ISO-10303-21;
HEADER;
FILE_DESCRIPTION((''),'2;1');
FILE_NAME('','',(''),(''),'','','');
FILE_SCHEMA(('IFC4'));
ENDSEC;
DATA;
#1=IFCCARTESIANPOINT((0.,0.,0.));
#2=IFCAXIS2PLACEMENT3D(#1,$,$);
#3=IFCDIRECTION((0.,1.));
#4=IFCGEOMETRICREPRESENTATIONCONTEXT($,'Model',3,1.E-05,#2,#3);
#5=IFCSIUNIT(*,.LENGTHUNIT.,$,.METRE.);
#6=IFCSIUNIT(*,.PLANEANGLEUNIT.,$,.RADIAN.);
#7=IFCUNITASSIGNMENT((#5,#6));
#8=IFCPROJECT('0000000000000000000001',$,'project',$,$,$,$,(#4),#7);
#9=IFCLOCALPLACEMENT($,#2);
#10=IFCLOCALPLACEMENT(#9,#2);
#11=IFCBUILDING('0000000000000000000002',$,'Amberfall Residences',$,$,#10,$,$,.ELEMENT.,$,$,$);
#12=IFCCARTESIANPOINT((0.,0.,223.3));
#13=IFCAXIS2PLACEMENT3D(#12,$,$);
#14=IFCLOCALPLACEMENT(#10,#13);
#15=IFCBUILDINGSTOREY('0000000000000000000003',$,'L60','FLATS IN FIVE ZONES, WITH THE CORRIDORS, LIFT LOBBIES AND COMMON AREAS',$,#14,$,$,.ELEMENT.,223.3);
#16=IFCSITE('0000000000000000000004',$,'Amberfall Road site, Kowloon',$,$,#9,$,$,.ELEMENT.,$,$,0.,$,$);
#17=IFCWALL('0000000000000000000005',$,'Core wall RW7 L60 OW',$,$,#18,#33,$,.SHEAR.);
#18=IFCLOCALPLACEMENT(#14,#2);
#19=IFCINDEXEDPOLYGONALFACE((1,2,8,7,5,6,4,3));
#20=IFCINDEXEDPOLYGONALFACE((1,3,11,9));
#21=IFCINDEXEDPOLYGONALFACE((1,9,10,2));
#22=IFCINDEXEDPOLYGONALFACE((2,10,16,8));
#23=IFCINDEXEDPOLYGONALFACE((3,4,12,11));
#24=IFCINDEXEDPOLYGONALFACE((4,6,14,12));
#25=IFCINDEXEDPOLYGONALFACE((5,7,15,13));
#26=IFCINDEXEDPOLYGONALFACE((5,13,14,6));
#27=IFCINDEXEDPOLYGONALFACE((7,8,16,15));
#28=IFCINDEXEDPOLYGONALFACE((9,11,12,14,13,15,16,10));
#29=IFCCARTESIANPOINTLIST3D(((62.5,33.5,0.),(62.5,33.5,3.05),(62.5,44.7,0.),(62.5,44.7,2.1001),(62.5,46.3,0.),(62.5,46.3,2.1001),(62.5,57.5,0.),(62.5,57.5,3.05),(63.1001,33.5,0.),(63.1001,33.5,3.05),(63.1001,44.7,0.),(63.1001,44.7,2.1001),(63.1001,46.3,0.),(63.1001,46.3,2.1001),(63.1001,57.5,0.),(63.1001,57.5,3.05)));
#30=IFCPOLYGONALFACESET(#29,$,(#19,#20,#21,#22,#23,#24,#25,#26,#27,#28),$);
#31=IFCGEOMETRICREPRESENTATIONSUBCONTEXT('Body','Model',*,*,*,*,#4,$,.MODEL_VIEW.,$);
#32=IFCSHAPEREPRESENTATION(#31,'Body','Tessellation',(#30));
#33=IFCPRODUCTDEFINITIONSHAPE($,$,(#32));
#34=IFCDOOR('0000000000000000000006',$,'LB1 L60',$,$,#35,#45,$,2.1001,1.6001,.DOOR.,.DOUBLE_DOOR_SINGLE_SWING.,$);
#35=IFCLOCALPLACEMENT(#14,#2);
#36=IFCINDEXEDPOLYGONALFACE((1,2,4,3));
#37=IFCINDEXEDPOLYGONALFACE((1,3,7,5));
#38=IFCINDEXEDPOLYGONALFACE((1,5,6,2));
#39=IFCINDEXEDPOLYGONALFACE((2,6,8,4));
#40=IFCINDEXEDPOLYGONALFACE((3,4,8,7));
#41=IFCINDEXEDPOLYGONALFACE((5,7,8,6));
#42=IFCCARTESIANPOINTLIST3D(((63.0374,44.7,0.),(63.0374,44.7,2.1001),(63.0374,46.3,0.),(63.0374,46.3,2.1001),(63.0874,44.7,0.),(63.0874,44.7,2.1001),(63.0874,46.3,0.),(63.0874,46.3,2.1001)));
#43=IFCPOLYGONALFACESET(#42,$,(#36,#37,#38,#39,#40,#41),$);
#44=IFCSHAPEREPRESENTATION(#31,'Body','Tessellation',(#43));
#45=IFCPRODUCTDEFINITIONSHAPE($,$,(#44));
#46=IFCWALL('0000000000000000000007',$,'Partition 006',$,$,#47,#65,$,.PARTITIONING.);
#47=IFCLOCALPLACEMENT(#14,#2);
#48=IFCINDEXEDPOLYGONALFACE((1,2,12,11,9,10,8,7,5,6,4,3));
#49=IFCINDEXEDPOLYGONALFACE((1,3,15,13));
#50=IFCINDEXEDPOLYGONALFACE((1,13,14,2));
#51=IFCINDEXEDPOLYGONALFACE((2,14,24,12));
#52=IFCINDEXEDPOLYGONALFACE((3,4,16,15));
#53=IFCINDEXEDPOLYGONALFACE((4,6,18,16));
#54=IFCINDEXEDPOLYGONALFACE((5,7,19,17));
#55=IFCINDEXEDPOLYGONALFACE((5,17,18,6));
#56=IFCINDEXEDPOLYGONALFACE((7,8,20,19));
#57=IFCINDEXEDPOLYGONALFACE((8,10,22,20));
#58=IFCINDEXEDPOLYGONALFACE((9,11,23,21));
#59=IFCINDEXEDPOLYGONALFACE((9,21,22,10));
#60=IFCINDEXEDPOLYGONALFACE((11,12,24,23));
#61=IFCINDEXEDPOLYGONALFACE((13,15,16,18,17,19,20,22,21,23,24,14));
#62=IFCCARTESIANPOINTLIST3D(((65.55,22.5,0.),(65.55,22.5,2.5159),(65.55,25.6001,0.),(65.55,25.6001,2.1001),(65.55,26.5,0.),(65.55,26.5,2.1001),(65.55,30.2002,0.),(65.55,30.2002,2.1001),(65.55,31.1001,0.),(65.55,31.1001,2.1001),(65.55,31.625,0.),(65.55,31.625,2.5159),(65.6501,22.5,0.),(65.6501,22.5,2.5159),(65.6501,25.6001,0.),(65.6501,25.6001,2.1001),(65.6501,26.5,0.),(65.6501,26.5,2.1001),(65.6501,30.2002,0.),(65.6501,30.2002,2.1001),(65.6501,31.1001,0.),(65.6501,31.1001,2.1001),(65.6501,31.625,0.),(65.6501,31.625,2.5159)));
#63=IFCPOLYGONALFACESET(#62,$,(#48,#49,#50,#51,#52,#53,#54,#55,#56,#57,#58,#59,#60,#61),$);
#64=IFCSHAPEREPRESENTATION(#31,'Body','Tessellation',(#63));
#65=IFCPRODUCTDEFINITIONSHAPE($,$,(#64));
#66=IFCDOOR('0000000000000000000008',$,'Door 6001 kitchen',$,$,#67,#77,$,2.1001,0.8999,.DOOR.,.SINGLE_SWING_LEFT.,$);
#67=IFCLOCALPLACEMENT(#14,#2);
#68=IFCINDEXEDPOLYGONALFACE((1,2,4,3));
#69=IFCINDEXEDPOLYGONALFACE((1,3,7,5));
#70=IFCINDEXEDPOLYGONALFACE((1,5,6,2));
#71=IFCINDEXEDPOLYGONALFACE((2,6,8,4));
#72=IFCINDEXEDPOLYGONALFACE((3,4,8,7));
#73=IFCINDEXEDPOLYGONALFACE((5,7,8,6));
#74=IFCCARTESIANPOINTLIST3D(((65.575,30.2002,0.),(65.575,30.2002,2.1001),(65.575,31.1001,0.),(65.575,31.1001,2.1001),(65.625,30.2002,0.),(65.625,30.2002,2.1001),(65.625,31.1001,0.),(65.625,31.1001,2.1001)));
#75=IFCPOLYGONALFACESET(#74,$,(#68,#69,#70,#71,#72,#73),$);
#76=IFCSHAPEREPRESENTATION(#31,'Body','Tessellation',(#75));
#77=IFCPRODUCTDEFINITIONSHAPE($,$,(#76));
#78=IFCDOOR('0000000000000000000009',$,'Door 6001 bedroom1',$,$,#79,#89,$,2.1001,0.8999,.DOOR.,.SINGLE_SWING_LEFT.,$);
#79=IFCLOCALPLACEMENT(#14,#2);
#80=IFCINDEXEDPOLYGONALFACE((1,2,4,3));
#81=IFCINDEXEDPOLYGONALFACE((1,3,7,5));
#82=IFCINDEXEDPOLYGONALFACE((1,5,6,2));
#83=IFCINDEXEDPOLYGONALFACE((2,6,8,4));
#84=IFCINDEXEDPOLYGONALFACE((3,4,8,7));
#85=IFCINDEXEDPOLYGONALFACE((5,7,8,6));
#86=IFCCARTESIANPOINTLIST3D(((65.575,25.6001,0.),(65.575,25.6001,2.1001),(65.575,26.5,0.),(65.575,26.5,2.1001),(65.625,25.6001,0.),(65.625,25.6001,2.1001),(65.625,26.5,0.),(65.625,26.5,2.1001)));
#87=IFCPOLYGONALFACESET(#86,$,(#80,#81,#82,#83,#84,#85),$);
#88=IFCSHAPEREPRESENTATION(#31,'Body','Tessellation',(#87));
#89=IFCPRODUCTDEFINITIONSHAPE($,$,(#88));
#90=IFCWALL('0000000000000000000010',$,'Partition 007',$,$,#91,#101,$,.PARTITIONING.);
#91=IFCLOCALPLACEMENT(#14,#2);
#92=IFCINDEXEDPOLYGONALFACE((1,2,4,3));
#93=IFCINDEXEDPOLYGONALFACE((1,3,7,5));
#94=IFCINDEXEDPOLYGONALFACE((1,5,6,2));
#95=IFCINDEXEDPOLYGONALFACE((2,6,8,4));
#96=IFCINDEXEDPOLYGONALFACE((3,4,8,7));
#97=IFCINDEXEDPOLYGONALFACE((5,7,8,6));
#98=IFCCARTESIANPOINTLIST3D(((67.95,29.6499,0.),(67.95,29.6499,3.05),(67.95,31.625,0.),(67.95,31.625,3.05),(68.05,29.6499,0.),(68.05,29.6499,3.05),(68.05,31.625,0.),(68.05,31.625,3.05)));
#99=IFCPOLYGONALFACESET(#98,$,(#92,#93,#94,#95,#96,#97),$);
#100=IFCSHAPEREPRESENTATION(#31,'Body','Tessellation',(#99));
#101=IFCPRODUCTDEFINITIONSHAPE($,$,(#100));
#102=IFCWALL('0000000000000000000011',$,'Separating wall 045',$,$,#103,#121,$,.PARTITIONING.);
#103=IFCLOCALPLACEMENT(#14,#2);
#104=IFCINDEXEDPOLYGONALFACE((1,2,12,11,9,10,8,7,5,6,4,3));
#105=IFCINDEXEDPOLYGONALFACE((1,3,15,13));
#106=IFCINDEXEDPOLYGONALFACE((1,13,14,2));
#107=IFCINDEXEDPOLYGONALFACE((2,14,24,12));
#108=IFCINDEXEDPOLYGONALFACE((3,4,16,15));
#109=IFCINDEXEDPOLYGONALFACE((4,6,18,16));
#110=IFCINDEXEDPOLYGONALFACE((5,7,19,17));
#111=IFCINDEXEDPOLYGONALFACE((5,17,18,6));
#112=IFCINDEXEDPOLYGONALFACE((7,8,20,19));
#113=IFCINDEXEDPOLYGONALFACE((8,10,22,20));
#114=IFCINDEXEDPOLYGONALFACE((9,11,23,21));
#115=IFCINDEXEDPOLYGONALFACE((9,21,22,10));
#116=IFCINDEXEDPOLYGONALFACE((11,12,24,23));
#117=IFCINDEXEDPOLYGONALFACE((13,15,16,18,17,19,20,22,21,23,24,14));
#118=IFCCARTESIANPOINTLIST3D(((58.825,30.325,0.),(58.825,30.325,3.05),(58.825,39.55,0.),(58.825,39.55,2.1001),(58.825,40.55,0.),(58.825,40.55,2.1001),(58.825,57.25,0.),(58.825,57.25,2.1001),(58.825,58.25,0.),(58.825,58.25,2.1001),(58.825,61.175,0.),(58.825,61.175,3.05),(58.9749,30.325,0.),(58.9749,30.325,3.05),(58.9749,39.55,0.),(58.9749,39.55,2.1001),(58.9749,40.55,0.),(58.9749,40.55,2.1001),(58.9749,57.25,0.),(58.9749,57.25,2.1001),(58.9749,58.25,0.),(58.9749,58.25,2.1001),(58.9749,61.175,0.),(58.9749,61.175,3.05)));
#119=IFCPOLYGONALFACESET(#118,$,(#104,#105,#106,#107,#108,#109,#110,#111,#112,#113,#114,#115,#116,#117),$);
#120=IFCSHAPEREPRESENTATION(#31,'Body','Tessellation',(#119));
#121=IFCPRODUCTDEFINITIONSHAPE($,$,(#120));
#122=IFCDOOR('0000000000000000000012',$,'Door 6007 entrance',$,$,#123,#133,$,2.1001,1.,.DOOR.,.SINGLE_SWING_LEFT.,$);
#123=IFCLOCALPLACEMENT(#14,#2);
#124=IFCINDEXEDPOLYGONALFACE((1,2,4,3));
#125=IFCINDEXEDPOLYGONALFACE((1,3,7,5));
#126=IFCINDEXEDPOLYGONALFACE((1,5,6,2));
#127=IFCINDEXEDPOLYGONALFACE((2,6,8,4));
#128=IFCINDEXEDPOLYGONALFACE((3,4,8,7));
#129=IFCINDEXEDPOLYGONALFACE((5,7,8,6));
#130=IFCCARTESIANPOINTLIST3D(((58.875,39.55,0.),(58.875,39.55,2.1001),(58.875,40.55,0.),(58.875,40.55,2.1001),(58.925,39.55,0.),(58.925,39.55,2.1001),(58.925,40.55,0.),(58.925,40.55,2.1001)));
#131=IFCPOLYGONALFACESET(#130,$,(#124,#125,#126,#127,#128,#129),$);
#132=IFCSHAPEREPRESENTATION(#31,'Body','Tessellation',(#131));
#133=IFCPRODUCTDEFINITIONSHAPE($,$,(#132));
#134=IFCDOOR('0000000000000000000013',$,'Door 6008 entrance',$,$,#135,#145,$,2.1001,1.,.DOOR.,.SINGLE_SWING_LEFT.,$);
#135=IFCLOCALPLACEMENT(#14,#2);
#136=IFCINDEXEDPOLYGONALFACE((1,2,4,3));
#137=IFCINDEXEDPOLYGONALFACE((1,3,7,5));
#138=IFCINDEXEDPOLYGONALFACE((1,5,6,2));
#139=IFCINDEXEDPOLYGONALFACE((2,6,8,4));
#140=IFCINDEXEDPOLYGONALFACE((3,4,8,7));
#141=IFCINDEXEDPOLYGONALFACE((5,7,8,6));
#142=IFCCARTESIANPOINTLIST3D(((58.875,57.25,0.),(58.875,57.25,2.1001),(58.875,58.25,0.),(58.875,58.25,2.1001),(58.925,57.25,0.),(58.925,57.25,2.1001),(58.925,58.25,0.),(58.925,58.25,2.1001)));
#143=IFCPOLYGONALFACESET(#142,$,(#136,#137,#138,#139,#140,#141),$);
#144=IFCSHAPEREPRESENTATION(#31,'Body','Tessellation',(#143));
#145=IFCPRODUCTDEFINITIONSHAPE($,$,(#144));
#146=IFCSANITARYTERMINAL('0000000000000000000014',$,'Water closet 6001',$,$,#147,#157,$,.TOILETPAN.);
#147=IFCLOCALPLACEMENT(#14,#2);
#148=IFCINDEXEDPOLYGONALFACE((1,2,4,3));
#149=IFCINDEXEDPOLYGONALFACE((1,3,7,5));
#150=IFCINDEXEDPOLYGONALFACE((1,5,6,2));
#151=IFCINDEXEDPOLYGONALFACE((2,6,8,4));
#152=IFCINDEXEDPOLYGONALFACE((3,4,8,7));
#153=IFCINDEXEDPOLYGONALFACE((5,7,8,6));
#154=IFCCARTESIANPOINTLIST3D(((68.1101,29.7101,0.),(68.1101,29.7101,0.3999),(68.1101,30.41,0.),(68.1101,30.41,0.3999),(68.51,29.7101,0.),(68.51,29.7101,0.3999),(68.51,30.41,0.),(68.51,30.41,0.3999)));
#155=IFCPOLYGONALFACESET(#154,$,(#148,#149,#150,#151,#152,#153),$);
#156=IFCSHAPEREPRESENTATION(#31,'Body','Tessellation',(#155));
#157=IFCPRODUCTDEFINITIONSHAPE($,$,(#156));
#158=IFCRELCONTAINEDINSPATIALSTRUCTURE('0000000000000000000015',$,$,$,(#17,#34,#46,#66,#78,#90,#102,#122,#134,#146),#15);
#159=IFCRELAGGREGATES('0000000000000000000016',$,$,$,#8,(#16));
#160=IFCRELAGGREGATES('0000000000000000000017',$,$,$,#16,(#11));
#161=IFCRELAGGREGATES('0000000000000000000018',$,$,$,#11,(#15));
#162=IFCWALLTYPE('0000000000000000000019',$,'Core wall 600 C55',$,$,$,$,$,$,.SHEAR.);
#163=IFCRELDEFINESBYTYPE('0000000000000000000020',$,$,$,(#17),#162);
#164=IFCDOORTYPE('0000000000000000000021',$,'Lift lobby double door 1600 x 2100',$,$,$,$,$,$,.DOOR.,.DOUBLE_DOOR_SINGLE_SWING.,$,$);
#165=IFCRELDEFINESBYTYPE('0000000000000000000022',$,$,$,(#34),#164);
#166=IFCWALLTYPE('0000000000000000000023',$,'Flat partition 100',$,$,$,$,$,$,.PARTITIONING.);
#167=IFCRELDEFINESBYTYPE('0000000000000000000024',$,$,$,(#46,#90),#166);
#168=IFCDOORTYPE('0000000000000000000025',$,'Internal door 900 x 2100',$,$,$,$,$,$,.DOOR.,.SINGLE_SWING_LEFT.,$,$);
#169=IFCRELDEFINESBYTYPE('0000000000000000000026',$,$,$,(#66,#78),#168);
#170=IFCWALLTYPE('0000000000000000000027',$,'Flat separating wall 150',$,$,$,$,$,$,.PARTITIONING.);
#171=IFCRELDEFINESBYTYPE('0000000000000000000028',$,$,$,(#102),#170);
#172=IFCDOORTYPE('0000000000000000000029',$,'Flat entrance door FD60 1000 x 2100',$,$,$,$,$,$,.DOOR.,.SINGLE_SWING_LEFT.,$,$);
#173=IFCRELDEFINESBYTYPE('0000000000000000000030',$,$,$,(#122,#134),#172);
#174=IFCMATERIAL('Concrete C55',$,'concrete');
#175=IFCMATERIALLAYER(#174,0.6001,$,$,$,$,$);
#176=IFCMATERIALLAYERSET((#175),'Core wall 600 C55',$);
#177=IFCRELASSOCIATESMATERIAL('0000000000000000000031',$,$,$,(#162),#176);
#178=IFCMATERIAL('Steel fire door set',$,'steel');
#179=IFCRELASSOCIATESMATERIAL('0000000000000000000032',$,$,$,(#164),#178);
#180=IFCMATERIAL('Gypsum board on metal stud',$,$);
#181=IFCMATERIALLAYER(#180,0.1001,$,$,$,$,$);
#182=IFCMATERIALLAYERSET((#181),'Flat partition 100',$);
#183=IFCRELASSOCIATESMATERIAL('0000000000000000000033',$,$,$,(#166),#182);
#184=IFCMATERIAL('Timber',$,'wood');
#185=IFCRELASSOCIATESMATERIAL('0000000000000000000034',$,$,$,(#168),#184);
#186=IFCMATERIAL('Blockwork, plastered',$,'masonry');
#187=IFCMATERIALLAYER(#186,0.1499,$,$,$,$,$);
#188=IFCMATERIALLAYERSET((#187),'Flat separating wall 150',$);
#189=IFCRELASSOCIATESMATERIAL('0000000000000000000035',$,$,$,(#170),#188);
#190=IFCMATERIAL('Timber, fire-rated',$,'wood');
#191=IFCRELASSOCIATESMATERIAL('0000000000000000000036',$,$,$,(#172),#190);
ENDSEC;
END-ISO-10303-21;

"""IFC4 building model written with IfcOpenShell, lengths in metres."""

from ifc_helpers import new_model, si_unit, direction, frame, frame_2d, origin, origin_2d, place, context, subcontext, project, spatial, rectangle, extrude, material, layer, layer_set, type_object, element, fill, save


model = new_model("IFC4")

# Units and contexts
model_context = context("Model", 3, precision=1e-05, world=origin(), true_north=direction((0.0, 1.0)))
body_context = subcontext(model_context, "Body", "Model", "MODEL_VIEW")
ifc_project = project(units=[si_unit("LENGTHUNIT", "METRE"), si_unit("PLANEANGLEUNIT", "RADIAN")], contexts=[model_context])

# Site, building, storey
site_placement = place(None, origin())
site = spatial("IfcSite", under=ifc_project, at=site_placement, Name="Amberfall Road site, Kowloon", CompositionType="ELEMENT", RefElevation=0.0)
building_placement = place(site_placement, origin())
building = spatial("IfcBuilding", under=site, at=building_placement, Name="Amberfall Residences", CompositionType="ELEMENT")
storey_placement = place(building_placement, frame((0.0, 0.0, 223.3)))
storey = spatial("IfcBuildingStorey", under=building, at=storey_placement, Name="L60", Description="FLATS IN FIVE ZONES, WITH THE CORRIDORS, LIFT LOBBIES AND COMMON AREAS", CompositionType="ELEMENT", Elevation=223.3)

# Shared definitions
ifc_material_1 = material(Name="Concrete C55", Category="concrete")
ifc_material_2 = material(Name="Steel fire door set", Category="steel")

# Shared definitions
ifc_layer_1 = layer(ifc_material_1, 0.6001)
ifc_layer_set_1 = layer_set([ifc_layer_1], Name="Core wall 600 C55")
wall_type_1 = type_object("IfcWallType", Name="Core wall 600 C55", PredefinedType="SHEAR", material=ifc_layer_set_1)

# Wall, opening, door
wall_1_placement = place(storey_placement, frame((62.8, 33.5, 0.0), z_axis=(0.0, 0.0, 1.0), x_axis=(0.0, 1.0, 0.0)))
wall_1 = element("IfcWall", 1, at=wall_1_placement, inside=storey, type_object=wall_type_1, Name="Core wall RW7 L60 OW", PredefinedType="SHEAR", context=body_context, shape_type="SweptSolid", body=[
    extrude(rectangle(XDim=24.0, YDim=0.6001, at=frame_2d((12.0, 0.0))), origin(), (0.0, 0.0, 1.0), 3.05),
])
opening_1_placement = place(wall_1_placement, frame((11.2, 0.0, 0.0)))
opening_1 = element("IfcOpeningElement", 2, at=opening_1_placement, cuts=wall_1, PredefinedType="OPENING", context=body_context, shape_type="SweptSolid", body=[
    extrude(rectangle(XDim=1.6001, YDim=2.1001, at=frame_2d((0.8, 1.05))), frame((0.0, 0.3101, 0.0), z_axis=(0.0, -1.0, 0.0), x_axis=(1.0, 0.0, 0.0)), (0.0, 0.0, 1.0), 0.6201),
])
door_type_1 = type_object("IfcDoorType", Name="Lift lobby double door 1600 x 2100", OperationType="DOUBLE_DOOR_SINGLE_SWING", PredefinedType="DOOR", material=ifc_material_2)
door_1_placement = place(opening_1_placement, origin())
door_1 = element("IfcDoor", 3, at=door_1_placement, inside=storey, type_object=door_type_1, Name="LB1 L60", OperationType="DOUBLE_DOOR_SINGLE_SWING", OverallHeight=2.1001, OverallWidth=1.6001, PredefinedType="DOOR", context=body_context, shape_type="SweptSolid", body=[
    extrude(rectangle(XDim=1.6001, YDim=2.1001, at=frame_2d((0.8, 1.05))), frame((0.0, -0.2373, 0.0), z_axis=(0.0, -1.0, 0.0), x_axis=(1.0, 0.0, 0.0)), (0.0, 0.0, 1.0), 0.05),
])
fill(opening_1, door_1)

# Wall, openings, doors
ifc_material_3 = material(Name="Gypsum board on metal stud")
ifc_layer_2 = layer(ifc_material_3, 0.1001)
ifc_layer_set_2 = layer_set([ifc_layer_2], Name="Flat partition 100")
wall_type_2 = type_object("IfcWallType", Name="Flat partition 100", PredefinedType="PARTITIONING", material=ifc_layer_set_2)
wall_2_placement = place(storey_placement, frame((65.6001, 31.625, 0.0), z_axis=(0.0, 0.0, 1.0), x_axis=(0.0, -1.0, 0.0)))
wall_2 = element("IfcWall", 4, at=wall_2_placement, inside=storey, type_object=wall_type_2, Name="Partition 006", PredefinedType="PARTITIONING", context=body_context, shape_type="SweptSolid", body=[
    extrude(rectangle(XDim=9.125, YDim=0.1001, at=frame_2d((4.5625, 0.0))), origin(), (0.0, 0.0, 1.0), 2.5159),
])
opening_2_placement = place(wall_2_placement, frame((0.5249, 0.0, 0.0)))
opening_2 = element("IfcOpeningElement", 5, at=opening_2_placement, cuts=wall_2, PredefinedType="OPENING", context=body_context, shape_type="SweptSolid", body=[
    extrude(rectangle(XDim=0.8999, YDim=2.1001, at=frame_2d((0.45, 1.05))), frame((0.0, 0.0601, 0.0), z_axis=(0.0, -1.0, 0.0), x_axis=(1.0, 0.0, 0.0)), (0.0, 0.0, 1.0), 0.1201),
])
opening_3_placement = place(wall_2_placement, frame((5.125, 0.0, 0.0)))
opening_3 = element("IfcOpeningElement", 6, at=opening_3_placement, cuts=wall_2, PredefinedType="OPENING", context=body_context, shape_type="SweptSolid", body=[
    extrude(rectangle(XDim=0.8999, YDim=2.1001, at=frame_2d((0.45, 1.05))), frame((0.0, 0.0601, 0.0), z_axis=(0.0, -1.0, 0.0), x_axis=(1.0, 0.0, 0.0)), (0.0, 0.0, 1.0), 0.1201),
])
ifc_material_4 = material(Name="Timber", Category="wood")
door_type_2 = type_object("IfcDoorType", Name="Internal door 900 x 2100", OperationType="SINGLE_SWING_LEFT", PredefinedType="DOOR", material=ifc_material_4)
door_2_placement = place(opening_2_placement, origin())
door_2 = element("IfcDoor", 7, at=door_2_placement, inside=storey, type_object=door_type_2, Name="Door 6001 kitchen", OperationType="SINGLE_SWING_LEFT", OverallHeight=2.1001, OverallWidth=0.8999, PredefinedType="DOOR", context=body_context, shape_type="SweptSolid", body=[
    extrude(rectangle(XDim=0.8999, YDim=2.1001, at=frame_2d((0.45, 1.05))), frame((0.0, 0.0249, 0.0), z_axis=(0.0, -1.0, 0.0), x_axis=(1.0, 0.0, 0.0)), (0.0, 0.0, 1.0), 0.05),
])
fill(opening_2, door_2)
door_3_placement = place(opening_3_placement, origin())
door_3 = element("IfcDoor", 8, at=door_3_placement, inside=storey, type_object=door_type_2, Name="Door 6001 bedroom1", OperationType="SINGLE_SWING_LEFT", OverallHeight=2.1001, OverallWidth=0.8999, PredefinedType="DOOR", context=body_context, shape_type="SweptSolid", body=[
    extrude(rectangle(XDim=0.8999, YDim=2.1001, at=frame_2d((0.45, 1.05))), frame((0.0, 0.0249, 0.0), z_axis=(0.0, -1.0, 0.0), x_axis=(1.0, 0.0, 0.0)), (0.0, 0.0, 1.0), 0.05),
])
fill(opening_3, door_3)

# Wall
wall_3_placement = place(storey_placement, frame((68.0, 29.6499, 0.0), z_axis=(0.0, 0.0, 1.0), x_axis=(0.0, 1.0, 0.0)))
element("IfcWall", 9, at=wall_3_placement, inside=storey, type_object=wall_type_2, Name="Partition 007", PredefinedType="PARTITIONING", context=body_context, shape_type="SweptSolid", body=[
    extrude(rectangle(XDim=1.9751, YDim=0.1001, at=frame_2d((0.9875, 0.0))), origin(), (0.0, 0.0, 1.0), 3.05),
])

# Wall, openings, doors
ifc_material_5 = material(Name="Blockwork, plastered", Category="masonry")
ifc_layer_3 = layer(ifc_material_5, 0.1499)
ifc_layer_set_3 = layer_set([ifc_layer_3], Name="Flat separating wall 150")
wall_type_3 = type_object("IfcWallType", Name="Flat separating wall 150", PredefinedType="PARTITIONING", material=ifc_layer_set_3)
wall_4_placement = place(storey_placement, frame((58.8999, 30.325, 0.0), z_axis=(0.0, 0.0, 1.0), x_axis=(0.0, 1.0, 0.0)))
wall_4 = element("IfcWall", 10, at=wall_4_placement, inside=storey, type_object=wall_type_3, Name="Separating wall 045", PredefinedType="PARTITIONING", context=body_context, shape_type="SweptSolid", body=[
    extrude(rectangle(XDim=30.8501, YDim=0.1499, at=frame_2d((15.425, 0.0))), origin(), (0.0, 0.0, 1.0), 3.05),
])
opening_4_placement = place(wall_4_placement, frame((9.2251, 0.0, 0.0)))
opening_4 = element("IfcOpeningElement", 11, at=opening_4_placement, cuts=wall_4, PredefinedType="OPENING", context=body_context, shape_type="SweptSolid", body=[
    extrude(rectangle(XDim=1.0, YDim=2.1001, at=frame_2d((0.5, 1.05))), frame((0.0, 0.085, 0.0), z_axis=(0.0, -1.0, 0.0), x_axis=(1.0, 0.0, 0.0)), (0.0, 0.0, 1.0), 0.1699),
])
opening_5_placement = place(wall_4_placement, frame((26.925, 0.0, 0.0)))
opening_5 = element("IfcOpeningElement", 12, at=opening_5_placement, cuts=wall_4, PredefinedType="OPENING", context=body_context, shape_type="SweptSolid", body=[
    extrude(rectangle(XDim=1.0, YDim=2.1001, at=frame_2d((0.5, 1.05))), frame((0.0, 0.085, 0.0), z_axis=(0.0, -1.0, 0.0), x_axis=(1.0, 0.0, 0.0)), (0.0, 0.0, 1.0), 0.1699),
])
ifc_material_6 = material(Name="Timber, fire-rated", Category="wood")
door_type_3 = type_object("IfcDoorType", Name="Flat entrance door FD60 1000 x 2100", OperationType="SINGLE_SWING_LEFT", PredefinedType="DOOR", material=ifc_material_6)
door_4_placement = place(opening_4_placement, origin())
door_4 = element("IfcDoor", 13, at=door_4_placement, inside=storey, type_object=door_type_3, Name="Door 6007 entrance", OperationType="SINGLE_SWING_LEFT", OverallHeight=2.1001, OverallWidth=1.0, PredefinedType="DOOR", context=body_context, shape_type="SweptSolid", body=[
    extrude(rectangle(XDim=1.0, YDim=2.1001, at=frame_2d((0.5, 1.05))), frame((0.0, 0.0249, 0.0), z_axis=(0.0, -1.0, 0.0), x_axis=(1.0, 0.0, 0.0)), (0.0, 0.0, 1.0), 0.05),
])
fill(opening_4, door_4)
door_5_placement = place(opening_5_placement, origin())
door_5 = element("IfcDoor", 14, at=door_5_placement, inside=storey, type_object=door_type_3, Name="Door 6008 entrance", OperationType="SINGLE_SWING_LEFT", OverallHeight=2.1001, OverallWidth=1.0, PredefinedType="DOOR", context=body_context, shape_type="SweptSolid", body=[
    extrude(rectangle(XDim=1.0, YDim=2.1001, at=frame_2d((0.5, 1.05))), frame((0.0, 0.0249, 0.0), z_axis=(0.0, -1.0, 0.0), x_axis=(1.0, 0.0, 0.0)), (0.0, 0.0, 1.0), 0.05),
])
fill(opening_5, door_5)

# Sanitary terminal
sanitary_terminal_1_placement = place(storey_placement, frame((68.3101, 30.0601, 0.0), z_axis=(0.0, 0.0, 1.0), x_axis=(1.0, 0.0, 0.0)))
element("IfcSanitaryTerminal", 15, at=sanitary_terminal_1_placement, inside=storey, Name="Water closet 6001", PredefinedType="TOILETPAN", context=body_context, shape_type="SweptSolid", body=[
    extrude(rectangle(XDim=0.3999, YDim=0.7, at=origin_2d()), origin(), (0.0, 0.0, 1.0), 0.3999),
])

save(model, "model.ifc")
